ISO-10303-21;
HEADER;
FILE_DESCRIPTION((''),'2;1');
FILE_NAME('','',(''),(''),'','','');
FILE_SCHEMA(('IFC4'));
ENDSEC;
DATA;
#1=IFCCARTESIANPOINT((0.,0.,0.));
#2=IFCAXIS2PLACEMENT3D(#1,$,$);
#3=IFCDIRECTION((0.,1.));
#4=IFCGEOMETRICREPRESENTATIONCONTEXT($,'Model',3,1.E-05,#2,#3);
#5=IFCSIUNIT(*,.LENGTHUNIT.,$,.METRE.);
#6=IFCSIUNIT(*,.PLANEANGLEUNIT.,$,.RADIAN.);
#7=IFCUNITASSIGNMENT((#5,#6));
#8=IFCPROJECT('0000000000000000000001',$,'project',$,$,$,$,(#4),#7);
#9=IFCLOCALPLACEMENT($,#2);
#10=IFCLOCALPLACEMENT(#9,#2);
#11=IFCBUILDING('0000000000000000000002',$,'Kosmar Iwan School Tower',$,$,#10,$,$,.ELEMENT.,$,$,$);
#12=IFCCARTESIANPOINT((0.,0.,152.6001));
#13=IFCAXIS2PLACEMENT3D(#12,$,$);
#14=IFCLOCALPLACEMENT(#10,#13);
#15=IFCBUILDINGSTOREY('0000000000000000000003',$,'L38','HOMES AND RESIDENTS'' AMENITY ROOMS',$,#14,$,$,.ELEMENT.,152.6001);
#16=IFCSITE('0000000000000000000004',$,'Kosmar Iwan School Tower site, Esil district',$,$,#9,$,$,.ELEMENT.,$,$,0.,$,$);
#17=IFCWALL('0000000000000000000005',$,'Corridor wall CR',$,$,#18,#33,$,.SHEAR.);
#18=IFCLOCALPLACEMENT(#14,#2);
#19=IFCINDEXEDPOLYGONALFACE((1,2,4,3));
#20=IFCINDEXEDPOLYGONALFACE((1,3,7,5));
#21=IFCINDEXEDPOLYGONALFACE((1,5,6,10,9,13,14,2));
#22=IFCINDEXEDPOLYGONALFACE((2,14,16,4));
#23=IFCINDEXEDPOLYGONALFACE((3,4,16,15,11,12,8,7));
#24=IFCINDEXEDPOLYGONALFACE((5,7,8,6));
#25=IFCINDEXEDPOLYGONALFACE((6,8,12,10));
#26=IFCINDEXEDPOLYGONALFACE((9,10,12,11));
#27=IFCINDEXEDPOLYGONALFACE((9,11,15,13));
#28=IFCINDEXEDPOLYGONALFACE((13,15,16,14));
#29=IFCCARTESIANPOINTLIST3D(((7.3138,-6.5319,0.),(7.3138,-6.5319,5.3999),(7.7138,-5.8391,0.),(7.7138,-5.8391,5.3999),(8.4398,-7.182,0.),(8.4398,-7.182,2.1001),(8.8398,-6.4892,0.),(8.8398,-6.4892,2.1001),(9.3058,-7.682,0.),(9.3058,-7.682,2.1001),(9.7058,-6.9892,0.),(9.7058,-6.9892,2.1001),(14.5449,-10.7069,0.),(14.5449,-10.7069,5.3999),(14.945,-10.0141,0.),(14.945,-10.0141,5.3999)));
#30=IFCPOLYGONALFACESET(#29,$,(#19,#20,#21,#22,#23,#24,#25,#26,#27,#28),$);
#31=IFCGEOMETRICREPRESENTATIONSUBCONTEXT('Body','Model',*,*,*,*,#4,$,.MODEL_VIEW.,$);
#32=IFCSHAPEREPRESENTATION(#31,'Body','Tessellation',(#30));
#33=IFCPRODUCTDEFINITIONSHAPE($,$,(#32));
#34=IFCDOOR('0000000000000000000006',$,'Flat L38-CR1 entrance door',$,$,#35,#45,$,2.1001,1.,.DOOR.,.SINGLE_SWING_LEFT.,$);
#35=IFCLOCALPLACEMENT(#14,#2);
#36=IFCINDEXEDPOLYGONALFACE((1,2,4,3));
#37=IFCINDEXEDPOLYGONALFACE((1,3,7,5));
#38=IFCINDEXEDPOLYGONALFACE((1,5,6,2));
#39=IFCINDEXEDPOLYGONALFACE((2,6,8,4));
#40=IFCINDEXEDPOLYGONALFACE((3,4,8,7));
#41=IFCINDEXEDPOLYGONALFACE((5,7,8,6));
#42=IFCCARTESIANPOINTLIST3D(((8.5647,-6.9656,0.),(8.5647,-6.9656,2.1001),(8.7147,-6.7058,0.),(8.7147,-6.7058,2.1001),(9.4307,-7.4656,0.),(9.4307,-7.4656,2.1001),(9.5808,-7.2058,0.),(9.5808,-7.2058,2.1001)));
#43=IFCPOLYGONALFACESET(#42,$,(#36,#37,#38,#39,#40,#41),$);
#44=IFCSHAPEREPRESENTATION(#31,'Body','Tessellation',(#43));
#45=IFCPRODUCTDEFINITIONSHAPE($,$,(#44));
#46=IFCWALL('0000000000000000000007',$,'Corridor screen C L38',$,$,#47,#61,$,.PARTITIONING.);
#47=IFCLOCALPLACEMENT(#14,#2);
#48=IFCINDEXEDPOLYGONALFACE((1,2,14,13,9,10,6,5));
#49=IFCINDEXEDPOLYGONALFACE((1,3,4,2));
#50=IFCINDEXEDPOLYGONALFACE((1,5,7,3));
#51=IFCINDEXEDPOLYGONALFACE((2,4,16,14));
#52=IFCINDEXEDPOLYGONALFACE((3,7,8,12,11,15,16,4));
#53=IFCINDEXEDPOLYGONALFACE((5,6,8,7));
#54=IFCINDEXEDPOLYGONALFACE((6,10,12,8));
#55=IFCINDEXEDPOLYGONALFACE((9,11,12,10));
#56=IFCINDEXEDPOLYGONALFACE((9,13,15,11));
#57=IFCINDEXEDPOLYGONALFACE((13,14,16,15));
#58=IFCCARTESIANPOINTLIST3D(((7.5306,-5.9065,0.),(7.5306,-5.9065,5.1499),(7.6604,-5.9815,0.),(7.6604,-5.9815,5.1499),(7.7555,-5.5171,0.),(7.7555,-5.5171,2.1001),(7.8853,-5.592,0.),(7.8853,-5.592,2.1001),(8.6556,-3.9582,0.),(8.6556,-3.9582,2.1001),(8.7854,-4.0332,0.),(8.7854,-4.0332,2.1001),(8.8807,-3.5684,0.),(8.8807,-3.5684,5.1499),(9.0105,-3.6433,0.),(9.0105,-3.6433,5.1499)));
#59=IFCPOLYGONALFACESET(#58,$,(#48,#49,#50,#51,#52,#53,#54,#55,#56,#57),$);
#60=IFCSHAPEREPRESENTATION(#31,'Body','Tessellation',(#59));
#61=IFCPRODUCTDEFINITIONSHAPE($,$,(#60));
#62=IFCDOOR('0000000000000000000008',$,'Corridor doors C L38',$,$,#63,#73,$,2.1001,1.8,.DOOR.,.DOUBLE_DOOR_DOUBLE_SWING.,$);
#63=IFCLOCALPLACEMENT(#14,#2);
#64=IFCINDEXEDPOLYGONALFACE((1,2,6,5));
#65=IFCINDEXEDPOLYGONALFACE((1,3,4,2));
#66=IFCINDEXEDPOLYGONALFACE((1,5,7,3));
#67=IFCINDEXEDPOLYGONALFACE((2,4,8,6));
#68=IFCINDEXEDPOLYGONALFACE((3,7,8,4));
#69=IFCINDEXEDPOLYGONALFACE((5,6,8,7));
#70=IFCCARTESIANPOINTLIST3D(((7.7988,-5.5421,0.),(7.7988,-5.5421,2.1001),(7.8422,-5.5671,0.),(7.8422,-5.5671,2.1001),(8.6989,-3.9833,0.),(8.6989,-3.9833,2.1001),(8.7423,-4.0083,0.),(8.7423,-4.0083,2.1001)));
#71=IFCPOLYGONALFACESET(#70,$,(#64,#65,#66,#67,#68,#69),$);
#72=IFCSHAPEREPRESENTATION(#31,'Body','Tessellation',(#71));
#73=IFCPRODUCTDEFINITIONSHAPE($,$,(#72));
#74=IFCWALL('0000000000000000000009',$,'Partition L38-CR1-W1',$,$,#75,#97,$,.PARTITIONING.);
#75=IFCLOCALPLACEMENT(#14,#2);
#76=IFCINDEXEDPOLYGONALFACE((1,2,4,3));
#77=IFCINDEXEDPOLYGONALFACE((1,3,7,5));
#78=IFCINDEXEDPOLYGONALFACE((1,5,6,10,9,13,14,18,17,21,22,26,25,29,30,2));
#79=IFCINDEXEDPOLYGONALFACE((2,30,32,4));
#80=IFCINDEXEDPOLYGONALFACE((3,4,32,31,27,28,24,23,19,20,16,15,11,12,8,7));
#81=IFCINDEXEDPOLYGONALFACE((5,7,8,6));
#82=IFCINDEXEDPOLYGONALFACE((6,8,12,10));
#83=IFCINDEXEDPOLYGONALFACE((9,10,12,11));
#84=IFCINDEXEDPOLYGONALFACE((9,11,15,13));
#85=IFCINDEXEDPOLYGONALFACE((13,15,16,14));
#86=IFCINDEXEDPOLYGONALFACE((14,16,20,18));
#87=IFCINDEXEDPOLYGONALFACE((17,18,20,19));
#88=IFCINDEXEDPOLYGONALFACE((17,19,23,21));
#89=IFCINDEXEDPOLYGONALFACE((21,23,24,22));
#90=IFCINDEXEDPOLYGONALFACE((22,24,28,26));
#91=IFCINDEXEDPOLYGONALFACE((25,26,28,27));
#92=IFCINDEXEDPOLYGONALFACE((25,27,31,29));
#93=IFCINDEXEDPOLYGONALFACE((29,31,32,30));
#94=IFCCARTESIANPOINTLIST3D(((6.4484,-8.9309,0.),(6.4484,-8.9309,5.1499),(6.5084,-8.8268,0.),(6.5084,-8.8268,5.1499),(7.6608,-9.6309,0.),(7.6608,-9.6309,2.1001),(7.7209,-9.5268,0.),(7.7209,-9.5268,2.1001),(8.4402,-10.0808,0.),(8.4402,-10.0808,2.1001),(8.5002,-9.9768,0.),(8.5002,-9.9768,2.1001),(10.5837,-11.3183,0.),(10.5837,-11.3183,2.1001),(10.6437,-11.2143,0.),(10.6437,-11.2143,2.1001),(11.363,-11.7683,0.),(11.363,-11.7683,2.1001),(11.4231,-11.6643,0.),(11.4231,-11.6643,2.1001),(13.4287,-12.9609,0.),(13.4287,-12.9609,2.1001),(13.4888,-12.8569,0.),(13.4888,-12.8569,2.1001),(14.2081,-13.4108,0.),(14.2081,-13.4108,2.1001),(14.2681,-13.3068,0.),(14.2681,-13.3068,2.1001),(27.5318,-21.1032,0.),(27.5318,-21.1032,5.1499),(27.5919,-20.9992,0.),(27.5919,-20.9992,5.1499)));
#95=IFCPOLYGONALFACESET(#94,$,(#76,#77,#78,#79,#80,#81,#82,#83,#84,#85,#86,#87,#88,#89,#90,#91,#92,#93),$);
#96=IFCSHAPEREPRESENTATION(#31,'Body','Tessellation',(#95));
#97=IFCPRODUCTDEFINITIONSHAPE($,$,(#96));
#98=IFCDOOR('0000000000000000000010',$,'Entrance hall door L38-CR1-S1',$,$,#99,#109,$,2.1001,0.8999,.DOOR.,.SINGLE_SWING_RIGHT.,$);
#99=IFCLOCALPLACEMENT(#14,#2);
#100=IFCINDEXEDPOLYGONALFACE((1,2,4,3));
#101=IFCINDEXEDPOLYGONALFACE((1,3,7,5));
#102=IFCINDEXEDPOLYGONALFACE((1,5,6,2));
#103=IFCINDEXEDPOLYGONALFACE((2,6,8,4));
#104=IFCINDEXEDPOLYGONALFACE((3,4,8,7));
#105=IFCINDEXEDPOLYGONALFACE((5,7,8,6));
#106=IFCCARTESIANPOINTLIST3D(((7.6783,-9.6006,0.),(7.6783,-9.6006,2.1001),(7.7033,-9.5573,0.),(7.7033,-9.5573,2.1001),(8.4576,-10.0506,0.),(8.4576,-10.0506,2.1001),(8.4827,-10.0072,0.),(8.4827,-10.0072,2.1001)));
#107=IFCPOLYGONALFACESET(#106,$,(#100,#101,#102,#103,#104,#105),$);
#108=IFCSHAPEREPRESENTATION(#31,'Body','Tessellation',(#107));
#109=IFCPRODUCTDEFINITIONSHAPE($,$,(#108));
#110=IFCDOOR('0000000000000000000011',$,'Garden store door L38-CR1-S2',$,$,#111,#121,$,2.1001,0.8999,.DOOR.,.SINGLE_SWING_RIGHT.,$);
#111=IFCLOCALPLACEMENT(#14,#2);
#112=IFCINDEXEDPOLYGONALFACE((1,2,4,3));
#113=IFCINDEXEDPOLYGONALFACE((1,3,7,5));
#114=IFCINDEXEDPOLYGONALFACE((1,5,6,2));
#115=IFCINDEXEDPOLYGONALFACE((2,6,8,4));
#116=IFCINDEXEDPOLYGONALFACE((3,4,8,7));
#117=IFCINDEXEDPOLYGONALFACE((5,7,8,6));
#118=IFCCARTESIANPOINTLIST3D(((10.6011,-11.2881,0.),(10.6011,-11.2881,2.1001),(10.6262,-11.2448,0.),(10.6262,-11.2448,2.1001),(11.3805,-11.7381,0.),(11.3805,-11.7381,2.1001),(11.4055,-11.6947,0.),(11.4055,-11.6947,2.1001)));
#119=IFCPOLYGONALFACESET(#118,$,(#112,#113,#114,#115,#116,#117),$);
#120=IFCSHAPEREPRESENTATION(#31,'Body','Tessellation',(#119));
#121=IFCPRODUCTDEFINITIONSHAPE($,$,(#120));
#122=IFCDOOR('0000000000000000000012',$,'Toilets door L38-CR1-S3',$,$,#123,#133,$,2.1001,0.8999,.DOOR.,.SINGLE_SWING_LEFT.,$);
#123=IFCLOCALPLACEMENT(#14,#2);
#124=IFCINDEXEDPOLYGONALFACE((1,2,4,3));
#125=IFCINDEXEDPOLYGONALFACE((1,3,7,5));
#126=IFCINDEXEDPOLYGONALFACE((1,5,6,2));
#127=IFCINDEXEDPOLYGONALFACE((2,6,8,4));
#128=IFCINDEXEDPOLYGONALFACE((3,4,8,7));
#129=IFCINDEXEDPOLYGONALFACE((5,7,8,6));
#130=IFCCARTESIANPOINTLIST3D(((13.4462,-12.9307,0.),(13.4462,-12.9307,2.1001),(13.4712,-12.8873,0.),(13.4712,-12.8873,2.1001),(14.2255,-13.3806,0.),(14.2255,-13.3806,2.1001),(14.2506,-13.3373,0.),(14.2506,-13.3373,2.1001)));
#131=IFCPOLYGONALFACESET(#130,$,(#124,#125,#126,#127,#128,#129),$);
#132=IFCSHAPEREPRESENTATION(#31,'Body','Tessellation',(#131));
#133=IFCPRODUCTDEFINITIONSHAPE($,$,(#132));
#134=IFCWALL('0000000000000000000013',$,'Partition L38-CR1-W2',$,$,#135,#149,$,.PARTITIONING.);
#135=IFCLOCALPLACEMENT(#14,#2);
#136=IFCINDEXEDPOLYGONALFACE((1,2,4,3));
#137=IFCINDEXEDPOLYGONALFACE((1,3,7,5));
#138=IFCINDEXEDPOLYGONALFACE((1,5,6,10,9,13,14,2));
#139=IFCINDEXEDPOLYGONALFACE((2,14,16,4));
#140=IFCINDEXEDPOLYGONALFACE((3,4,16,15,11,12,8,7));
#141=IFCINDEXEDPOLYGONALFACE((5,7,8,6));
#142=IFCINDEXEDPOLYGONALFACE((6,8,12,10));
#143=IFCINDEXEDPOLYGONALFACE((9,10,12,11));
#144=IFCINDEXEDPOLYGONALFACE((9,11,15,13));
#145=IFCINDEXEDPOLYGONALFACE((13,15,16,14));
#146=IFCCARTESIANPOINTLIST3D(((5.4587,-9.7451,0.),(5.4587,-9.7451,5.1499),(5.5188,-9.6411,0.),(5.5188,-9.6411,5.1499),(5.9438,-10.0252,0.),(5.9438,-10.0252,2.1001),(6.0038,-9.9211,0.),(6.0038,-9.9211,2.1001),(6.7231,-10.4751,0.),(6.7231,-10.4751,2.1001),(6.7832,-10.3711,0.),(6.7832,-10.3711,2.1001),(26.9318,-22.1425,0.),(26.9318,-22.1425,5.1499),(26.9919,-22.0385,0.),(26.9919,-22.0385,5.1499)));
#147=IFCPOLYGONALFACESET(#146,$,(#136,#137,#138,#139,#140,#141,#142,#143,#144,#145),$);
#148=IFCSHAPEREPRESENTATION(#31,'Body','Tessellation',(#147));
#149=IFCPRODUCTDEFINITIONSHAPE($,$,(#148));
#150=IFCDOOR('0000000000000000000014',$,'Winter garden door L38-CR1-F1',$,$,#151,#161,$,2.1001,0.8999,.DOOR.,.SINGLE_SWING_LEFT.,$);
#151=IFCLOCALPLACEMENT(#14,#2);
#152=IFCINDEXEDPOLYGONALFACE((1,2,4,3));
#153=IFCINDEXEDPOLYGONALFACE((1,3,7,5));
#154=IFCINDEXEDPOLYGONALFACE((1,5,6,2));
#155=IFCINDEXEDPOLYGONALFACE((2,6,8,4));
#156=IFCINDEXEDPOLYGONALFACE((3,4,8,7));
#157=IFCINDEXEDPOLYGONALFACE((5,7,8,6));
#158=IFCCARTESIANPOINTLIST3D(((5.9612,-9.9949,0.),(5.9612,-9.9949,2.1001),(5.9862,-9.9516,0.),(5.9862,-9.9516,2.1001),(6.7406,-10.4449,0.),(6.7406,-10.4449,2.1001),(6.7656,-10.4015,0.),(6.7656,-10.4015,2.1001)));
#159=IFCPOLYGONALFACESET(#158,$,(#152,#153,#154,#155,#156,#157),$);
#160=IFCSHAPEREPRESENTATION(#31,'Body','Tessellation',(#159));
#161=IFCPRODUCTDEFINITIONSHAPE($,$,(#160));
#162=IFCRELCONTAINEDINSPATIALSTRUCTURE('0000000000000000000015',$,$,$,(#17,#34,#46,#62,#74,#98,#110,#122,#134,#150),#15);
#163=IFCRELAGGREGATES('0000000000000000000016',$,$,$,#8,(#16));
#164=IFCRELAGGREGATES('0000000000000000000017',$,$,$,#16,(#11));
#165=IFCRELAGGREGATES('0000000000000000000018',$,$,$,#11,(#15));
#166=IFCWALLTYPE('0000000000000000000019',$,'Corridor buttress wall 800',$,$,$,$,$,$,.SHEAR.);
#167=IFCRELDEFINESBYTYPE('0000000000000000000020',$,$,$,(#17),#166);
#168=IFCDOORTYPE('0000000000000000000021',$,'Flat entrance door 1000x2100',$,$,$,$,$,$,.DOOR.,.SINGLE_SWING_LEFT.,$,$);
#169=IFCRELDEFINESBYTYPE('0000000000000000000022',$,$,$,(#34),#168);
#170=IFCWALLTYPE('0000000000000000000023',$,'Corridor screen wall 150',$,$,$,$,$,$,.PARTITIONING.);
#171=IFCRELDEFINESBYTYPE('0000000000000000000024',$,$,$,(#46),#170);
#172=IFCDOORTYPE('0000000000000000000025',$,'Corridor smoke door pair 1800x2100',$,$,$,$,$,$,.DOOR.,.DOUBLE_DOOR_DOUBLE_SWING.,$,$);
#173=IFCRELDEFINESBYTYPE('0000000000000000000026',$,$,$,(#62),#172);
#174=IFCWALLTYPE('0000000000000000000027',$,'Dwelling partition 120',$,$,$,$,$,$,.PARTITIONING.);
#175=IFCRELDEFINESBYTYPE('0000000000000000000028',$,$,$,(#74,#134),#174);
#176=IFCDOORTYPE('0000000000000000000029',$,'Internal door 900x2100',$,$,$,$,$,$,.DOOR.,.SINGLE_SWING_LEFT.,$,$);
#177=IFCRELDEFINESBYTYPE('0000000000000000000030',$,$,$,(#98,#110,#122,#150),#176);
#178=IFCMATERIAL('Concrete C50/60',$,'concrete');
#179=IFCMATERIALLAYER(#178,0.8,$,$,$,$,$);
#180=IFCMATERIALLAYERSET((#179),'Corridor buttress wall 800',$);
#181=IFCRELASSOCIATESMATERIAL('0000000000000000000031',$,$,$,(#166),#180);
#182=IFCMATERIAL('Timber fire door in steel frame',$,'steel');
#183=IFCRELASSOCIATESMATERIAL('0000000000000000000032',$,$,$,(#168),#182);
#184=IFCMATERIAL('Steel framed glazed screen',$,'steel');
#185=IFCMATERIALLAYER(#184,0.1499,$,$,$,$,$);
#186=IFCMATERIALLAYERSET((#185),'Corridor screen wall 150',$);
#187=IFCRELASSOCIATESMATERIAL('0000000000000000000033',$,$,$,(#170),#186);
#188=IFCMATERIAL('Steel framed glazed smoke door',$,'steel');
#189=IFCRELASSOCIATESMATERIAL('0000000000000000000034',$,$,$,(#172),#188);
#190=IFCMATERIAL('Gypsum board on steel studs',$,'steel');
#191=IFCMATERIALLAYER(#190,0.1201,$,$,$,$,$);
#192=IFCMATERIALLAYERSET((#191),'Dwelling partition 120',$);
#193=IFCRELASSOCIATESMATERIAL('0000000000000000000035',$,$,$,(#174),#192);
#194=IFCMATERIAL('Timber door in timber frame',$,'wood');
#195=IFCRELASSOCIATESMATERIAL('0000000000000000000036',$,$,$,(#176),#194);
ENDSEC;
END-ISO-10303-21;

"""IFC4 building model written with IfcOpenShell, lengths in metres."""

from ifc_helpers import new_model, si_unit, direction, frame, frame_2d, origin, place, context, subcontext, project, spatial, rectangle, extrude, material, layer, layer_set, type_object, element, fill, save


model = new_model("IFC4")

# Units and contexts
model_context = context("Model", 3, precision=1e-05, world=origin(), true_north=direction((0.0, 1.0)))
body_context = subcontext(model_context, "Body", "Model", "MODEL_VIEW")
ifc_project = project(units=[si_unit("LENGTHUNIT", "METRE"), si_unit("PLANEANGLEUNIT", "RADIAN")], contexts=[model_context])

# Site, building, storey
site_placement = place(None, origin())
site = spatial("IfcSite", under=ifc_project, at=site_placement, Name="Kosmar Iwan School Tower site, Esil district", CompositionType="ELEMENT", RefElevation=0.0)
building_placement = place(site_placement, origin())
building = spatial("IfcBuilding", under=site, at=building_placement, Name="Kosmar Iwan School Tower", CompositionType="ELEMENT")
storey_placement = place(building_placement, frame((0.0, 0.0, 152.6001)))
storey = spatial("IfcBuildingStorey", under=building, at=storey_placement, Name="L38", Description="HOMES AND RESIDENTS' AMENITY ROOMS", CompositionType="ELEMENT", Elevation=152.6001)

# Walls, openings, doors
ifc_material_1 = material(Name="Concrete C50/60", Category="concrete")
ifc_layer_1 = layer(ifc_material_1, 0.8)
ifc_layer_set_1 = layer_set([ifc_layer_1], Name="Corridor buttress wall 800")
wall_type_1 = type_object("IfcWallType", Name="Corridor buttress wall 800", PredefinedType="SHEAR", material=ifc_layer_set_1)
wall_1_placement = place(storey_placement, frame((7.5139, -6.1855, 0.0), z_axis=(0.0, 0.0, 1.0), x_axis=(0.86602, -0.50001, 0.0)))
wall_1 = element("IfcWall", 1, at=wall_1_placement, inside=storey, type_object=wall_type_1, Name="Corridor wall CR", PredefinedType="SHEAR", context=body_context, shape_type="SweptSolid", body=[
    extrude(rectangle(XDim=8.3499, YDim=0.8, at=frame_2d((4.1748, 0.0))), origin(), (0.0, 0.0, 1.0), 5.3999),
])
opening_1_placement = place(wall_1_placement, frame((1.3, 0.0, 0.0)))
opening_1 = element("IfcOpeningElement", 2, at=opening_1_placement, cuts=wall_1, PredefinedType="OPENING", context=body_context, shape_type="SweptSolid", body=[
    extrude(rectangle(XDim=1.0, YDim=2.1001, at=frame_2d((0.5, 1.05))), frame((0.0, 0.4121, 0.0), z_axis=(0.0, -1.0, 0.0), x_axis=(1.0, 0.0, 0.0)), (0.0, 0.0, 1.0), 0.824),
])
ifc_material_2 = material(Name="Timber fire door in steel frame", Category="steel")
door_type_1 = type_object("IfcDoorType", Name="Flat entrance door 1000x2100", OperationType="SINGLE_SWING_LEFT", PredefinedType="DOOR", material=ifc_material_2)
door_1_placement = place(opening_1_placement, origin())
door_1 = element("IfcDoor", 3, at=door_1_placement, inside=storey, type_object=door_type_1, Name="Flat L38-CR1 entrance door", OperationType="SINGLE_SWING_LEFT", OverallHeight=2.1001, OverallWidth=1.0, PredefinedType="DOOR", context=body_context, shape_type="SweptSolid", body=[
    extrude(rectangle(XDim=1.0, YDim=2.1001, at=frame_2d((0.5, 1.05))), frame((0.0, 0.1499, 0.0), z_axis=(0.0, -1.0, 0.0), x_axis=(1.0, 0.0, 0.0)), (0.0, 0.0, 1.0), 0.3),
])
fill(opening_1, door_1)
ifc_material_3 = material(Name="Steel framed glazed screen", Category="steel")
ifc_layer_2 = layer(ifc_material_3, 0.1499)
ifc_layer_set_2 = layer_set([ifc_layer_2], Name="Corridor screen wall 150")
wall_type_2 = type_object("IfcWallType", Name="Corridor screen wall 150", PredefinedType="PARTITIONING", material=ifc_layer_set_2)
wall_2_placement = place(storey_placement, frame((7.5955, -5.9441, 0.0), z_axis=(0.0, 0.0, 1.0), x_axis=(0.500049, 0.865997, 0.0)))
wall_2 = element("IfcWall", 4, at=wall_2_placement, inside=storey, type_object=wall_type_2, Name="Corridor screen C L38", PredefinedType="PARTITIONING", context=body_context, shape_type="SweptSolid", body=[
    extrude(rectangle(XDim=2.7, YDim=0.1499, at=frame_2d((1.3501, 0.0))), origin(), (0.0, 0.0, 1.0), 5.1499),
])
opening_2_placement = place(wall_2_placement, frame((0.45, 0.0, 0.0)))
opening_2 = element("IfcOpeningElement", 5, at=opening_2_placement, cuts=wall_2, PredefinedType="OPENING", context=body_context, shape_type="SweptSolid", body=[
    extrude(rectangle(XDim=1.8, YDim=2.1001, at=frame_2d((0.8999, 1.05))), frame((0.0, 0.0869, 0.0), z_axis=(0.0, -1.0, 0.0), x_axis=(1.0, 0.0, 0.0)), (0.0, 0.0, 1.0), 0.1738),
])
ifc_material_4 = material(Name="Steel framed glazed smoke door", Category="steel")
door_type_2 = type_object("IfcDoorType", Name="Corridor smoke door pair 1800x2100", OperationType="DOUBLE_DOOR_DOUBLE_SWING", PredefinedType="DOOR", material=ifc_material_4)
door_2_placement = place(opening_2_placement, origin())
door_2 = element("IfcDoor", 6, at=door_2_placement, inside=storey, type_object=door_type_2, Name="Corridor doors C L38", OperationType="DOUBLE_DOOR_DOUBLE_SWING", OverallHeight=2.1001, OverallWidth=1.8, PredefinedType="DOOR", context=body_context, shape_type="SweptSolid", body=[
    extrude(rectangle(XDim=1.8, YDim=2.1001, at=frame_2d((0.8999, 1.05))), frame((0.0, 0.0249, 0.0), z_axis=(0.0, -1.0, 0.0), x_axis=(1.0, 0.0, 0.0)), (0.0, 0.0, 1.0), 0.05),
])
fill(opening_2, door_2)

# Wall, openings, doors
ifc_material_5 = material(Name="Gypsum board on steel studs", Category="steel")
ifc_layer_3 = layer(ifc_material_5, 0.1201)
ifc_layer_set_3 = layer_set([ifc_layer_3], Name="Dwelling partition 120")
wall_type_3 = type_object("IfcWallType", Name="Dwelling partition 120", PredefinedType="PARTITIONING", material=ifc_layer_set_3)
wall_3_placement = place(storey_placement, frame((6.4785, -8.8789, 0.0), z_axis=(0.0, 0.0, 1.0), x_axis=(0.866029, -0.499994, 0.0)))
wall_3 = element("IfcWall", 7, at=wall_3_placement, inside=storey, type_object=wall_type_3, Name="Partition L38-CR1-W1", PredefinedType="PARTITIONING", context=body_context, shape_type="SweptSolid", body=[
    extrude(rectangle(XDim=24.345, YDim=0.1201, at=frame_2d((12.1724, 0.0))), origin(), (0.0, 0.0, 1.0), 5.1499),
])
opening_3_placement = place(wall_3_placement, frame((1.3999, 0.0, 0.0)))
opening_3 = element("IfcOpeningElement", 8, at=opening_3_placement, cuts=wall_3, PredefinedType="OPENING", context=body_context, shape_type="SweptSolid", body=[
    extrude(rectangle(XDim=0.8999, YDim=2.1001, at=frame_2d((0.45, 1.05))), frame((0.0, 0.072, 0.0), z_axis=(0.0, -1.0, 0.0), x_axis=(1.0, 0.0, 0.0)), (0.0, 0.0, 1.0), 0.144),
])
opening_4_placement = place(wall_3_placement, frame((4.7749, 0.0, 0.0)))
opening_4 = element("IfcOpeningElement", 9, at=opening_4_placement, cuts=wall_3, PredefinedType="OPENING", context=body_context, shape_type="SweptSolid", body=[
    extrude(rectangle(XDim=0.8999, YDim=2.1001, at=frame_2d((0.45, 1.05))), frame((0.0, 0.072, 0.0), z_axis=(0.0, -1.0, 0.0), x_axis=(1.0, 0.0, 0.0)), (0.0, 0.0, 1.0), 0.144),
])
opening_5_placement = place(wall_3_placement, frame((8.0601, 0.0, 0.0)))
opening_5 = element("IfcOpeningElement", 10, at=opening_5_placement, cuts=wall_3, PredefinedType="OPENING", context=body_context, shape_type="SweptSolid", body=[
    extrude(rectangle(XDim=0.8999, YDim=2.1001, at=frame_2d((0.45, 1.05))), frame((0.0, 0.072, 0.0), z_axis=(0.0, -1.0, 0.0), x_axis=(1.0, 0.0, 0.0)), (0.0, 0.0, 1.0), 0.144),
])
ifc_material_6 = material(Name="Timber door in timber frame", Category="wood")
door_type_3 = type_object("IfcDoorType", Name="Internal door 900x2100", OperationType="SINGLE_SWING_LEFT", PredefinedType="DOOR", material=ifc_material_6)
door_3_placement = place(opening_3_placement, origin())
door_3 = element("IfcDoor", 11, at=door_3_placement, inside=storey, type_object=door_type_3, Name="Entrance hall door L38-CR1-S1", OperationType="SINGLE_SWING_RIGHT", OverallHeight=2.1001, OverallWidth=0.8999, PredefinedType="DOOR", context=body_context, shape_type="SweptSolid", body=[
    extrude(rectangle(XDim=0.8999, YDim=2.1001, at=frame_2d((0.45, 1.05))), frame((0.0, 0.0249, 0.0), z_axis=(0.0, -1.0, 0.0), x_axis=(1.0, 0.0, 0.0)), (0.0, 0.0, 1.0), 0.05),
])
fill(opening_3, door_3)
door_4_placement = place(opening_4_placement, origin())
door_4 = element("IfcDoor", 12, at=door_4_placement, inside=storey, type_object=door_type_3, Name="Garden store door L38-CR1-S2", OperationType="SINGLE_SWING_RIGHT", OverallHeight=2.1001, OverallWidth=0.8999, PredefinedType="DOOR", context=body_context, shape_type="SweptSolid", body=[
    extrude(rectangle(XDim=0.8999, YDim=2.1001, at=frame_2d((0.45, 1.05))), frame((0.0, 0.0249, 0.0), z_axis=(0.0, -1.0, 0.0), x_axis=(1.0, 0.0, 0.0)), (0.0, 0.0, 1.0), 0.05),
])
fill(opening_4, door_4)
door_5_placement = place(opening_5_placement, origin())
door_5 = element("IfcDoor", 13, at=door_5_placement, inside=storey, type_object=door_type_3, Name="Toilets door L38-CR1-S3", OperationType="SINGLE_SWING_LEFT", OverallHeight=2.1001, OverallWidth=0.8999, PredefinedType="DOOR", context=body_context, shape_type="SweptSolid", body=[
    extrude(rectangle(XDim=0.8999, YDim=2.1001, at=frame_2d((0.45, 1.05))), frame((0.0, 0.0249, 0.0), z_axis=(0.0, -1.0, 0.0), x_axis=(1.0, 0.0, 0.0)), (0.0, 0.0, 1.0), 0.05),
])
fill(opening_5, door_5)

# Wall, opening, door
wall_4_placement = place(storey_placement, frame((5.4888, -9.6931, 0.0), z_axis=(0.0, 0.0, 1.0), x_axis=(0.866027, -0.499998, 0.0)))
wall_4 = element("IfcWall", 14, at=wall_4_placement, inside=storey, type_object=wall_type_3, Name="Partition L38-CR1-W2", PredefinedType="PARTITIONING", context=body_context, shape_type="SweptSolid", body=[
    extrude(rectangle(XDim=24.7949, YDim=0.1201, at=frame_2d((12.3975, 0.0))), origin(), (0.0, 0.0, 1.0), 5.1499),
])
opening_6_placement = place(wall_4_placement, frame((0.5601, 0.0, 0.0)))
opening_6 = element("IfcOpeningElement", 15, at=opening_6_placement, cuts=wall_4, PredefinedType="OPENING", context=body_context, shape_type="SweptSolid", body=[
    extrude(rectangle(XDim=0.8999, YDim=2.1001, at=frame_2d((0.45, 1.05))), frame((0.0, 0.072, 0.0), z_axis=(0.0, -1.0, 0.0), x_axis=(1.0, 0.0, 0.0)), (0.0, 0.0, 1.0), 0.144),
])
door_6_placement = place(opening_6_placement, origin())
door_6 = element("IfcDoor", 16, at=door_6_placement, inside=storey, type_object=door_type_3, Name="Winter garden door L38-CR1-F1", OperationType="SINGLE_SWING_LEFT", OverallHeight=2.1001, OverallWidth=0.8999, PredefinedType="DOOR", context=body_context, shape_type="SweptSolid", body=[
    extrude(rectangle(XDim=0.8999, YDim=2.1001, at=frame_2d((0.45, 1.05))), frame((0.0, 0.0249, 0.0), z_axis=(0.0, -1.0, 0.0), x_axis=(1.0, 0.0, 0.0)), (0.0, 0.0, 1.0), 0.05),
])
fill(opening_6, door_6)

save(model, "model.ifc")
